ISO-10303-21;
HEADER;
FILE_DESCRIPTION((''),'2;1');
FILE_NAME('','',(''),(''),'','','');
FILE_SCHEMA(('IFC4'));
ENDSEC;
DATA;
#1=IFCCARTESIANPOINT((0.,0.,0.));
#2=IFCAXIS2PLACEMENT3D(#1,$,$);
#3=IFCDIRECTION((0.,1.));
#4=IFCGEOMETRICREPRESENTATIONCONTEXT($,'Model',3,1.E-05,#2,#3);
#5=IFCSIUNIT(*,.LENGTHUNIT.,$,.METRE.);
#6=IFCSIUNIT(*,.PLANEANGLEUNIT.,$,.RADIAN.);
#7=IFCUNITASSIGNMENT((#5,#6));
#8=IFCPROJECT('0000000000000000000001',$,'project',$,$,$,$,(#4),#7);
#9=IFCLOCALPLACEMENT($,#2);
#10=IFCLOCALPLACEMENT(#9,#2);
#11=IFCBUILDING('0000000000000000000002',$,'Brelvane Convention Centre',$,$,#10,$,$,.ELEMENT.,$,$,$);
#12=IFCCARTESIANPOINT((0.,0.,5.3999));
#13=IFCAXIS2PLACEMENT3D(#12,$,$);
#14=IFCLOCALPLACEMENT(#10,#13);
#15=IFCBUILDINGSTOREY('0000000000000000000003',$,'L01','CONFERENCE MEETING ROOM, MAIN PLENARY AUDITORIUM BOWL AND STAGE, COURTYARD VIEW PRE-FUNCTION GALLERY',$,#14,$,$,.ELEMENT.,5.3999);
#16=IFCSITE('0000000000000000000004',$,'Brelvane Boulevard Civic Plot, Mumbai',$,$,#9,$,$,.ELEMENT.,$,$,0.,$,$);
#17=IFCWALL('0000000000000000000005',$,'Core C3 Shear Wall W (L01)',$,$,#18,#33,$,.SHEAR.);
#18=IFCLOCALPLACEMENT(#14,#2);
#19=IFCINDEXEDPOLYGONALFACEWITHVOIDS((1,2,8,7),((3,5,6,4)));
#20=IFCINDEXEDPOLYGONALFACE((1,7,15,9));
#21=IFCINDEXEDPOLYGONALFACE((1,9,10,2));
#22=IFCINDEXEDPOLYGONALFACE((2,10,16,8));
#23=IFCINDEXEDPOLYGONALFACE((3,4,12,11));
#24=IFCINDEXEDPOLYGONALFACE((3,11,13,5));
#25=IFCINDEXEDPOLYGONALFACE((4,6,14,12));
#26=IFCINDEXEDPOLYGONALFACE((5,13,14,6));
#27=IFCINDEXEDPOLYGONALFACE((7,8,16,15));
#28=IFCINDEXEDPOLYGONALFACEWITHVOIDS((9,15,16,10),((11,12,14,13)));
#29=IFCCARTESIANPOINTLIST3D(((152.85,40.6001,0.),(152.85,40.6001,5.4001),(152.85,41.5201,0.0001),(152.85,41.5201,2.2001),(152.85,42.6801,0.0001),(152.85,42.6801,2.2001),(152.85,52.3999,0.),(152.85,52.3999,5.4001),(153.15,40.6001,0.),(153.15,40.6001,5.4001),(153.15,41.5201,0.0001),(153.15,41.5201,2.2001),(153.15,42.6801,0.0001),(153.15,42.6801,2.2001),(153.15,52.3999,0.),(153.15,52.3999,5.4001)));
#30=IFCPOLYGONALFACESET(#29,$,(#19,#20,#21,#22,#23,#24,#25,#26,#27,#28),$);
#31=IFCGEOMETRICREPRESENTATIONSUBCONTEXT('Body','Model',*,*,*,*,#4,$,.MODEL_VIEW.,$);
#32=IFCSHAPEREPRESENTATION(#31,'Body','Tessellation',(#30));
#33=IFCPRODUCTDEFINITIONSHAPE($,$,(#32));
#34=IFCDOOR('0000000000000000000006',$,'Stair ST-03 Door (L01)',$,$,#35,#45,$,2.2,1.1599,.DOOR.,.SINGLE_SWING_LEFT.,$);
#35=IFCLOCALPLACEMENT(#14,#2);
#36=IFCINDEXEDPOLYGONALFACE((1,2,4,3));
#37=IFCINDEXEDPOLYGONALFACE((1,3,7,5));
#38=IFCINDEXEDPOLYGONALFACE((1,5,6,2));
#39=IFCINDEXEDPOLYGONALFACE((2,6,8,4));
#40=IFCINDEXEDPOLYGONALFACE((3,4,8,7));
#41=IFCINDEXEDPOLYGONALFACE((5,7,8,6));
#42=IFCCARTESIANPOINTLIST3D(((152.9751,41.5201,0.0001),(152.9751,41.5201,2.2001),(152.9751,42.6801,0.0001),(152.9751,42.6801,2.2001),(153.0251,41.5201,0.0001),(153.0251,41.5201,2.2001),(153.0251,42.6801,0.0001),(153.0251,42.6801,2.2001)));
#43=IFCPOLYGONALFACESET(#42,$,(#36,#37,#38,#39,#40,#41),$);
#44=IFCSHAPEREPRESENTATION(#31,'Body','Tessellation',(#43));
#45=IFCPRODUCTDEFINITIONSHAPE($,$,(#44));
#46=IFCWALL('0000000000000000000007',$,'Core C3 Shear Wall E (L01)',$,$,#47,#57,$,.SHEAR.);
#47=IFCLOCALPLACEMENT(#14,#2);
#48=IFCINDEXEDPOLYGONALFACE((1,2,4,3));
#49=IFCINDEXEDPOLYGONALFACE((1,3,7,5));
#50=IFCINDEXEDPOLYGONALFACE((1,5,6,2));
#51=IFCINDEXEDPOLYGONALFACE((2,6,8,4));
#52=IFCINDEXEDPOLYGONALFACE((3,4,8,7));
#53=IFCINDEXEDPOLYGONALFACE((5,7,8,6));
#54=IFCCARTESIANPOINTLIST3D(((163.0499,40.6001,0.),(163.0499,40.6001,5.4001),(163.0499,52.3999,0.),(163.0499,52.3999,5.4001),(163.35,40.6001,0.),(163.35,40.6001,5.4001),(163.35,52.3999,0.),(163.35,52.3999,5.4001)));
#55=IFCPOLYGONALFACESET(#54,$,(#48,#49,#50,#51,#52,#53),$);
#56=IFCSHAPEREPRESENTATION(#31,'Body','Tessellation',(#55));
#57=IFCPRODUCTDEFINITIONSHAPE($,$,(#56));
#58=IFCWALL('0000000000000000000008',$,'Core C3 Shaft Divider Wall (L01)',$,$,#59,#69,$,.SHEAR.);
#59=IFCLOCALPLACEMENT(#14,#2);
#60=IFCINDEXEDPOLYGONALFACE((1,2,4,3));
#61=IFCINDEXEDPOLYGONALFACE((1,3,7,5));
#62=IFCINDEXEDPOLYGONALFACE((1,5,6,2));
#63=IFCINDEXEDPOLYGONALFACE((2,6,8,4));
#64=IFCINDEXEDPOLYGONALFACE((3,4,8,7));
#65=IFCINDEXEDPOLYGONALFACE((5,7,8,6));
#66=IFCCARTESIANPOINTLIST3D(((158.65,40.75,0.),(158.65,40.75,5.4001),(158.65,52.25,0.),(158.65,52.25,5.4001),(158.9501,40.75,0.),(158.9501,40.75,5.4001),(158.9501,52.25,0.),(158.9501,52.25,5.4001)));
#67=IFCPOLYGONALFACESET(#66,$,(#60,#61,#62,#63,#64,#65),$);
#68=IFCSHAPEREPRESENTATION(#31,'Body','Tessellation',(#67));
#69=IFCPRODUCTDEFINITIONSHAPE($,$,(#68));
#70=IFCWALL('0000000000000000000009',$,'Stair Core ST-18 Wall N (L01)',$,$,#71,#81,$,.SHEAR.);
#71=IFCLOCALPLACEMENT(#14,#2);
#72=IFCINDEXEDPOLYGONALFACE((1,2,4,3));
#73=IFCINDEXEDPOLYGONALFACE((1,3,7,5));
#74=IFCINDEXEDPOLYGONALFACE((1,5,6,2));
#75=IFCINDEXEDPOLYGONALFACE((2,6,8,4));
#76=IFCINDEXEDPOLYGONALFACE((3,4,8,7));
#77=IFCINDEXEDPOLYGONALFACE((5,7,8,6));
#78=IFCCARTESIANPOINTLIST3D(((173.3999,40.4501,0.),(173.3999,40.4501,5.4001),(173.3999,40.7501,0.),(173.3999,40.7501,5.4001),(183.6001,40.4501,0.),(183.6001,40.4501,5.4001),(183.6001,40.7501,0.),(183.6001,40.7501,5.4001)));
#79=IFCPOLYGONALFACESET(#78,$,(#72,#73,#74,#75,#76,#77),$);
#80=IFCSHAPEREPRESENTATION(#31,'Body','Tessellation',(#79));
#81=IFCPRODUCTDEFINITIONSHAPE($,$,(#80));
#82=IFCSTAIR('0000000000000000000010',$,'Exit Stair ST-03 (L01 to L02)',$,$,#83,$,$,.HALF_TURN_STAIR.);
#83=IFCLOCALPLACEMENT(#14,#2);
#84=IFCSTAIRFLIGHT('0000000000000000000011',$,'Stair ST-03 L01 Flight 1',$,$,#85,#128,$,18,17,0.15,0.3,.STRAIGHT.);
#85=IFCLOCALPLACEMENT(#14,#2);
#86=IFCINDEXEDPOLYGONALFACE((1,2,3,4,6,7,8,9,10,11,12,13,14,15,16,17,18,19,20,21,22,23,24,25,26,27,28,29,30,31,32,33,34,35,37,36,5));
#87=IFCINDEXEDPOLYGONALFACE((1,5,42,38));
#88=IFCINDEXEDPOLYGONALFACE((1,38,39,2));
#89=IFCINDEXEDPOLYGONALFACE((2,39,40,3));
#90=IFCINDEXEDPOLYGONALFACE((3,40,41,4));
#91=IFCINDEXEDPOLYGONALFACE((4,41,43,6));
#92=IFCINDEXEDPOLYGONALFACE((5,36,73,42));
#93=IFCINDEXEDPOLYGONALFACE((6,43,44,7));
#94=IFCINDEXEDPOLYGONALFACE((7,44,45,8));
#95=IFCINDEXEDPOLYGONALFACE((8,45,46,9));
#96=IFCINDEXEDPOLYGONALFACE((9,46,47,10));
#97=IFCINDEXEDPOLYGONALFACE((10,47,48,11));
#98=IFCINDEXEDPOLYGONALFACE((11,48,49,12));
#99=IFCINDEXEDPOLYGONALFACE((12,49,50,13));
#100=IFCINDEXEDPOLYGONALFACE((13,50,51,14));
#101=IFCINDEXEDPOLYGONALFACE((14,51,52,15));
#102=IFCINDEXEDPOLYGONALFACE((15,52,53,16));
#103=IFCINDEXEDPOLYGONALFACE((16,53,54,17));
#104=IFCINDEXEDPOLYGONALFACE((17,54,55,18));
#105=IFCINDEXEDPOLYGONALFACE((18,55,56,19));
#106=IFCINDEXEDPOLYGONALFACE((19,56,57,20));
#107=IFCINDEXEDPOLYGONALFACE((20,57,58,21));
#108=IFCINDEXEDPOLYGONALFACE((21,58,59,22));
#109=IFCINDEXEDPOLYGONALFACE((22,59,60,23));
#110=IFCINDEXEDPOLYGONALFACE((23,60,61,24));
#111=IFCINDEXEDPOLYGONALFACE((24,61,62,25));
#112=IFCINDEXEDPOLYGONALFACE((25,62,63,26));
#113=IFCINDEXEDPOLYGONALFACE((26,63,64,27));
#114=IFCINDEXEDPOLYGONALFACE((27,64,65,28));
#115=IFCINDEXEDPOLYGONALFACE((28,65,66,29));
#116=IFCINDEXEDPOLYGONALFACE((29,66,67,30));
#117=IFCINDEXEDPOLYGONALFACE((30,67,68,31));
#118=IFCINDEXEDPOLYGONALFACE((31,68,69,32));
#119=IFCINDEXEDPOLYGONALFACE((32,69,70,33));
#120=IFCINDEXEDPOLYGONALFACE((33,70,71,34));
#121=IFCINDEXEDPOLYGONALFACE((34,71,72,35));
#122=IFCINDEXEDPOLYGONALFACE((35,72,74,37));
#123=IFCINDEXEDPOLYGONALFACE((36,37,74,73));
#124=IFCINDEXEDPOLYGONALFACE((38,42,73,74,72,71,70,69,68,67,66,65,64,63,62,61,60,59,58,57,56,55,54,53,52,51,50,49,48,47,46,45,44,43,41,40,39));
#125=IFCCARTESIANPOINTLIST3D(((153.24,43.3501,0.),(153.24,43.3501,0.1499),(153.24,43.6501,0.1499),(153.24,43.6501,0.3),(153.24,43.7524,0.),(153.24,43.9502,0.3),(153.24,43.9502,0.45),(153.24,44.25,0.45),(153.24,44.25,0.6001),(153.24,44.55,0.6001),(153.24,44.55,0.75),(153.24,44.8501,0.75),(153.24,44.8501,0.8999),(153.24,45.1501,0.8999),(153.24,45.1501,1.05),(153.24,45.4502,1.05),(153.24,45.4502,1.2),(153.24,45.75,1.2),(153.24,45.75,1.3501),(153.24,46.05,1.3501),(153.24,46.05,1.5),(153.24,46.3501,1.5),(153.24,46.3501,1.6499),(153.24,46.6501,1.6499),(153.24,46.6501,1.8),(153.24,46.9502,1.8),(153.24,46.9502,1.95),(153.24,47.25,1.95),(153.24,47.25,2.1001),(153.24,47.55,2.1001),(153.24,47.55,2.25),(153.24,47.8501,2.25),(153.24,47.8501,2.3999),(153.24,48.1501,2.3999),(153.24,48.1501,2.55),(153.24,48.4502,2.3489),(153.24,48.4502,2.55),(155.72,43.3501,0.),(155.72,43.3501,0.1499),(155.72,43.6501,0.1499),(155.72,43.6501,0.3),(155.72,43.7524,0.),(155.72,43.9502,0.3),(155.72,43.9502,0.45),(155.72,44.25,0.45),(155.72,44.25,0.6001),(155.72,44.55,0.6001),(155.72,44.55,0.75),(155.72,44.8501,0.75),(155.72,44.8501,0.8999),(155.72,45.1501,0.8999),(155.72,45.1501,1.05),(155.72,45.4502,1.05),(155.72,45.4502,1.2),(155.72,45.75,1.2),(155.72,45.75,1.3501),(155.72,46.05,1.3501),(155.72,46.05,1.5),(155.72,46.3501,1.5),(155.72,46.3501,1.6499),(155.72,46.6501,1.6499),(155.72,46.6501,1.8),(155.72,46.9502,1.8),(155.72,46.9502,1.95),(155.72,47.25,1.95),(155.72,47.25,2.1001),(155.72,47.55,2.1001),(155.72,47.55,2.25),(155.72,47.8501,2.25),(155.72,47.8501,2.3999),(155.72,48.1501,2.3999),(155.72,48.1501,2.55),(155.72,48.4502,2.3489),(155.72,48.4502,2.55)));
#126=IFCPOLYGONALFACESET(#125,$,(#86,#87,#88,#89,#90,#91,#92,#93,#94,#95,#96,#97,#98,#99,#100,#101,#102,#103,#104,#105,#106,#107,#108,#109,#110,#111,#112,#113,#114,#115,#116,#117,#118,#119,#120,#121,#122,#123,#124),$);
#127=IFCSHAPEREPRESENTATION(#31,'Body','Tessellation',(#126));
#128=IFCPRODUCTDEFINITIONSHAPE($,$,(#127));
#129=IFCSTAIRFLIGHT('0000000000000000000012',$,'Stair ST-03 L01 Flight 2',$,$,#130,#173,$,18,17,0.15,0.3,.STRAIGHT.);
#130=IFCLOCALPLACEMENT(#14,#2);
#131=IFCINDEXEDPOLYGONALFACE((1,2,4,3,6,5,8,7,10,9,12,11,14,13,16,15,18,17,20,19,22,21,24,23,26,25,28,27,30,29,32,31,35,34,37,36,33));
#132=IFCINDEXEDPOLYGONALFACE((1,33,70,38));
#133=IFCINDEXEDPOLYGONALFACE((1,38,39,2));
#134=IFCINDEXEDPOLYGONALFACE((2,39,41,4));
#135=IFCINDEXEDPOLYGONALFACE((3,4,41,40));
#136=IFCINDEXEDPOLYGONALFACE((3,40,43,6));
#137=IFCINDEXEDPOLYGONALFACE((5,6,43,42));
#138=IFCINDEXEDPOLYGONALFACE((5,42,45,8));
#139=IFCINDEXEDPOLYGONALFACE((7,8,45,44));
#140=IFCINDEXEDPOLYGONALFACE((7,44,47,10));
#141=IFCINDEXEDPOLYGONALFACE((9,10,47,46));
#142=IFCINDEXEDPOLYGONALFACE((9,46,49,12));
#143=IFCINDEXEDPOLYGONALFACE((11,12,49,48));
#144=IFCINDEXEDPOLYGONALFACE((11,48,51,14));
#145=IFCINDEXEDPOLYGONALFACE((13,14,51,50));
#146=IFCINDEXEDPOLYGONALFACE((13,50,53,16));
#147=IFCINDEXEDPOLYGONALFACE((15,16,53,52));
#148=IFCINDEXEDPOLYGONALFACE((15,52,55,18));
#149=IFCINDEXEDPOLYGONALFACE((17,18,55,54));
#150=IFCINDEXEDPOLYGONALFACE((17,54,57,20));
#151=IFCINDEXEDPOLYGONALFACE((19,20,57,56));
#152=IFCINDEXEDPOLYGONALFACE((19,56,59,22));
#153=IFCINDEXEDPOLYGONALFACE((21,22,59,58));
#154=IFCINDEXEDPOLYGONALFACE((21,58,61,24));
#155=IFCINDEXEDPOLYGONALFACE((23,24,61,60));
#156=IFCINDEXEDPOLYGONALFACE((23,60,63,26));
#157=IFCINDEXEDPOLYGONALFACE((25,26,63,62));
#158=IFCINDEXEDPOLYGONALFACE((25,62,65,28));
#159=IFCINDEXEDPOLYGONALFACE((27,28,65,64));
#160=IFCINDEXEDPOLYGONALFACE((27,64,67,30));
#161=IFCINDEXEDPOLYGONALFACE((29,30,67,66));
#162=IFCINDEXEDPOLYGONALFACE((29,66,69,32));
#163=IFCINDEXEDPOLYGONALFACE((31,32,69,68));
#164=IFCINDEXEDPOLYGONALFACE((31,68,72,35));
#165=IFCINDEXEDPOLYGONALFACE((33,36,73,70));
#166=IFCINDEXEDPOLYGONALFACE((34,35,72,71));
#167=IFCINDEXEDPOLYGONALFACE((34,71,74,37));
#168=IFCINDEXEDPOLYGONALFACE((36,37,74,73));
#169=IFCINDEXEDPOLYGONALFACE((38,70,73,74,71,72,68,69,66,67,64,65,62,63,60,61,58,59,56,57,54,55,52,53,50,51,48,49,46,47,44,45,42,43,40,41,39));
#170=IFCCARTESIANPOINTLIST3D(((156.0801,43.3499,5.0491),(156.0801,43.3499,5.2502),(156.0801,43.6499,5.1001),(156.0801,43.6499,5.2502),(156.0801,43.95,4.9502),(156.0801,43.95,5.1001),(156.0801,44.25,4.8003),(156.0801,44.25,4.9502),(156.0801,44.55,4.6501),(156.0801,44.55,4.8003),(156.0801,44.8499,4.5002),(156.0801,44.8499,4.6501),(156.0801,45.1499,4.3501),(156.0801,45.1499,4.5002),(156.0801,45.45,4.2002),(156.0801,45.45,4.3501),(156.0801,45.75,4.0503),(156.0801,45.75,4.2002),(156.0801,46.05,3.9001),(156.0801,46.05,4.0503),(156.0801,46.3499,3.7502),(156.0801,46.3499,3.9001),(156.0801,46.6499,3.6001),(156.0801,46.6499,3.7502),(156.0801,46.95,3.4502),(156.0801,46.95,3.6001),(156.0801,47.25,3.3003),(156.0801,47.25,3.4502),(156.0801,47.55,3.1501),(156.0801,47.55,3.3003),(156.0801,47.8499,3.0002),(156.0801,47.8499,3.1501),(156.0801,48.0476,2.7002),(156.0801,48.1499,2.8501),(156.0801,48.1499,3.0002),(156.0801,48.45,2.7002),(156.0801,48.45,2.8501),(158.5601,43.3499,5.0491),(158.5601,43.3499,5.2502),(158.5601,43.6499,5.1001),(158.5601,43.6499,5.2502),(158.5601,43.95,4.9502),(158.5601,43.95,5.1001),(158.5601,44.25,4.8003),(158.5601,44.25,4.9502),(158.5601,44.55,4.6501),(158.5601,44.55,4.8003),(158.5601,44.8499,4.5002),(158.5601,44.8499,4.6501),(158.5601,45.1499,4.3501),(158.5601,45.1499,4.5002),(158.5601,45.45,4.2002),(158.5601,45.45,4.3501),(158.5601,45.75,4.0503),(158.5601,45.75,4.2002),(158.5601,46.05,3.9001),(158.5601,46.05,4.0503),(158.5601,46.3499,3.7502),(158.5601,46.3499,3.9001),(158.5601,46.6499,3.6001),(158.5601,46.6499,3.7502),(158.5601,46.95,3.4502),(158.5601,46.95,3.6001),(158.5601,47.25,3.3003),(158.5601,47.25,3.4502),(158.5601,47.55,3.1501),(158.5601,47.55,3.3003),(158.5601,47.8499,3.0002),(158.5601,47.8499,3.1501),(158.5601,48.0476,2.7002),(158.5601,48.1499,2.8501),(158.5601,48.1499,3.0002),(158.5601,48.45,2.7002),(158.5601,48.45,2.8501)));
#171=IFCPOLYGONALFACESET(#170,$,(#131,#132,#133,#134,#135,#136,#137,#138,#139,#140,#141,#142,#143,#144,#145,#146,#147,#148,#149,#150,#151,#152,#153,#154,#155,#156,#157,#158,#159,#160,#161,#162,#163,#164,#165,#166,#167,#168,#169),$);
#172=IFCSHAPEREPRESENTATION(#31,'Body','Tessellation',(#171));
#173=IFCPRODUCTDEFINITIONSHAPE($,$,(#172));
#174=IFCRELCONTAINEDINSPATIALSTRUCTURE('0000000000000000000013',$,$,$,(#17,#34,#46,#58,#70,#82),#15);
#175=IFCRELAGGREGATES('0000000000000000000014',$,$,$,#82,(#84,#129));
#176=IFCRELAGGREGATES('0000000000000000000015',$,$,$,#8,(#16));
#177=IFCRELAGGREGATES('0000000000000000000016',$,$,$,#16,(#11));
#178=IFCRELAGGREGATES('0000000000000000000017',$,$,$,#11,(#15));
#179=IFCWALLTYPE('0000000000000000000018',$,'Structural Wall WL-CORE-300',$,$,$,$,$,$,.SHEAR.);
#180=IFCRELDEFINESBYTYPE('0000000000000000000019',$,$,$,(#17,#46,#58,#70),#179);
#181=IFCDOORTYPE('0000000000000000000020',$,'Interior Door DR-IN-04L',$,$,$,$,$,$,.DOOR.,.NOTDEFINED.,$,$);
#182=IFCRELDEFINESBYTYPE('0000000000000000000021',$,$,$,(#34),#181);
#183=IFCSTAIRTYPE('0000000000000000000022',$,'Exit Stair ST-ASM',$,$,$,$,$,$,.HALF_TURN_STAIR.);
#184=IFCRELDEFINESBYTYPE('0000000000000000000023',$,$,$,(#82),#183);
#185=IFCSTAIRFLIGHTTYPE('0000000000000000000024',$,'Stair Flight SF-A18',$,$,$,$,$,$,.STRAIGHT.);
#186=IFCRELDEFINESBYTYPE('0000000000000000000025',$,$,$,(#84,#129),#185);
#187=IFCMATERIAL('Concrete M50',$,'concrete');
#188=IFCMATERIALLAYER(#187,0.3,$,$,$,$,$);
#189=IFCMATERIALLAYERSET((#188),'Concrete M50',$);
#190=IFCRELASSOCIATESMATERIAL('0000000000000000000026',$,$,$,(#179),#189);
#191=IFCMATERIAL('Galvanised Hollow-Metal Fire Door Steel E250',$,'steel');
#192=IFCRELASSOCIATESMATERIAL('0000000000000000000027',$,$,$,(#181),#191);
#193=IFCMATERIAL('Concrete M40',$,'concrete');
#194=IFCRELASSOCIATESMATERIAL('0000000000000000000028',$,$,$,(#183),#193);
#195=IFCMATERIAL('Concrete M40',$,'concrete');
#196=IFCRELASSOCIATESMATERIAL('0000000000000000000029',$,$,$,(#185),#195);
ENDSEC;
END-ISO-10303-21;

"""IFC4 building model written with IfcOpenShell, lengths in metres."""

from ifc_helpers import new_model, si_unit, direction, frame, frame_2d, origin, place, context, subcontext, project, spatial, polyline, rectangle, outline, extrude, material, layer, layer_set, type_object, element, fill, aggregate, save


model = new_model("IFC4")

# Units and contexts
model_context = context("Model", 3, precision=1e-05, world=origin(), true_north=direction((0.0, 1.0)))
body_context = subcontext(model_context, "Body", "Model", "MODEL_VIEW")
ifc_project = project(units=[si_unit("LENGTHUNIT", "METRE"), si_unit("PLANEANGLEUNIT", "RADIAN")], contexts=[model_context])

# Site, building, storey
site_placement = place(None, origin())
site = spatial("IfcSite", under=ifc_project, at=site_placement, Name="Brelvane Boulevard Civic Plot, Mumbai", CompositionType="ELEMENT", RefElevation=0.0)
building_placement = place(site_placement, origin())
building = spatial("IfcBuilding", under=site, at=building_placement, Name="Brelvane Convention Centre", CompositionType="ELEMENT")
storey_placement = place(building_placement, frame((0.0, 0.0, 5.3999)))
storey = spatial("IfcBuildingStorey", under=building, at=storey_placement, Name="L01", Description="CONFERENCE MEETING ROOM, MAIN PLENARY AUDITORIUM BOWL AND STAGE, COURTYARD VIEW PRE-FUNCTION GALLERY", CompositionType="ELEMENT", Elevation=5.3999)

# Shared definitions
ifc_material_1 = material(Name="Concrete M50", Category="concrete")
ifc_layer_1 = layer(ifc_material_1, 0.3)
ifc_layer_set_1 = layer_set([ifc_layer_1], Name="Concrete M50")
wall_type_1 = type_object("IfcWallType", Name="Structural Wall WL-CORE-300", PredefinedType="SHEAR", material=ifc_layer_set_1)

# Wall, opening, door
wall_1_placement = place(storey_placement, frame((153.0, 40.6001, 0.0), z_axis=(0.0, 0.0, 1.0), x_axis=(0.0, 1.0, 0.0)))
wall_1 = element("IfcWall", 1, at=wall_1_placement, inside=storey, type_object=wall_type_1, Name="Core C3 Shear Wall W (L01)", PredefinedType="SHEAR", context=body_context, shape_type="SweptSolid", body=[
    extrude(rectangle(XDim=11.7998, YDim=0.3, at=frame_2d((5.8999, 0.0))), origin(), (0.0, 0.0, 1.0), 5.4001),
])
opening_1_placement = place(wall_1_placement, frame((0.9199, 0.0, 0.0)))
opening_1 = element("IfcOpeningElement", 2, at=opening_1_placement, cuts=wall_1, PredefinedType="OPENING", context=body_context, shape_type="SweptSolid", body=[
    extrude(rectangle(XDim=1.1599, YDim=2.2, at=frame_2d((0.5801, 1.1001))), frame((0.0, 0.1599, 0.0), z_axis=(0.0, -1.0, 0.0), x_axis=(1.0, 0.0, 0.0)), (0.0, 0.0, 1.0), 0.3201),
])
ifc_material_2 = material(Name="Galvanised Hollow-Metal Fire Door Steel E250", Category="steel")
door_type_1 = type_object("IfcDoorType", Name="Interior Door DR-IN-04L", OperationType="NOTDEFINED", PredefinedType="DOOR", material=ifc_material_2)
door_1_placement = place(opening_1_placement, origin())
door_1 = element("IfcDoor", 3, at=door_1_placement, inside=storey, type_object=door_type_1, Name="Stair ST-03 Door (L01)", OperationType="SINGLE_SWING_LEFT", OverallHeight=2.2, OverallWidth=1.1599, PredefinedType="DOOR", context=body_context, shape_type="SweptSolid", body=[
    extrude(rectangle(XDim=1.1599, YDim=2.2, at=frame_2d((0.5801, 1.1001))), frame((0.0, 0.0249, 0.0), z_axis=(0.0, -1.0, 0.0), x_axis=(1.0, 0.0, 0.0)), (0.0, 0.0, 1.0), 0.05),
])
fill(opening_1, door_1)

# Walls
wall_2_placement = place(storey_placement, frame((163.2, 40.6001, 0.0), z_axis=(0.0, 0.0, 1.0), x_axis=(0.0, 1.0, 0.0)))
element("IfcWall", 4, at=wall_2_placement, inside=storey, type_object=wall_type_1, Name="Core C3 Shear Wall E (L01)", PredefinedType="SHEAR", context=body_context, shape_type="SweptSolid", body=[
    extrude(rectangle(XDim=11.7998, YDim=0.3, at=frame_2d((5.8999, 0.0))), origin(), (0.0, 0.0, 1.0), 5.4001),
])
wall_3_placement = place(storey_placement, frame((158.8, 40.75, 0.0), z_axis=(0.0, 0.0, 1.0), x_axis=(0.0, 1.0, 0.0)))
element("IfcWall", 5, at=wall_3_placement, inside=storey, type_object=wall_type_1, Name="Core C3 Shaft Divider Wall (L01)", PredefinedType="SHEAR", context=body_context, shape_type="SweptSolid", body=[
    extrude(rectangle(XDim=11.5, YDim=0.3, at=frame_2d((5.75, 0.0))), origin(), (0.0, 0.0, 1.0), 5.4001),
])
wall_4_placement = place(storey_placement, frame((173.3999, 40.6001, 0.0), z_axis=(0.0, 0.0, 1.0), x_axis=(1.0, 0.0, 0.0)))
element("IfcWall", 6, at=wall_4_placement, inside=storey, type_object=wall_type_1, Name="Stair Core ST-18 Wall N (L01)", PredefinedType="SHEAR", context=body_context, shape_type="SweptSolid", body=[
    extrude(rectangle(XDim=10.2002, YDim=0.3, at=frame_2d((5.1001, 0.0))), origin(), (0.0, 0.0, 1.0), 5.4001),
])

# Stair, stair flights
ifc_material_3 = material(Name="Concrete M40", Category="concrete")
stair_type = type_object("IfcStairType", Name="Exit Stair ST-ASM", PredefinedType="HALF_TURN_STAIR", material=ifc_material_3)
stair_placement = place(storey_placement, origin())
stair = element("IfcStair", 7, at=stair_placement, inside=storey, type_object=stair_type, Name="Exit Stair ST-03 (L01 to L02)", PredefinedType="HALF_TURN_STAIR")
ifc_material_4 = material(Name="Concrete M40", Category="concrete")
stair_flight_type = type_object("IfcStairFlightType", Name="Stair Flight SF-A18", PredefinedType="STRAIGHT", material=ifc_material_4)
stair_flight_1_placement = place(storey_placement, frame((154.48, 43.3501, 0.0), z_axis=(0.0, 0.0, 1.0), x_axis=(0.0, 1.0, 0.0)))
stair_flight_1 = element("IfcStairFlight", 8, at=stair_flight_1_placement, type_object=stair_flight_type, Name="Stair ST-03 L01 Flight 1", NumberOfRisers=18, NumberOfTreads=17, PredefinedType="STRAIGHT", RiserHeight=0.15, TreadLength=0.3, context=body_context, shape_type="SweptSolid", body=[
    extrude(outline(polyline([(0.0, 0.0), (0.0, 0.1499), (0.3, 0.1499), (0.3, 0.3), (0.6001, 0.3), (0.6001, 0.45), (0.8999, 0.45), (0.8999, 0.6001), (1.2, 0.6001), (1.2, 0.75), (1.5, 0.75), (1.5, 0.8999), (1.8, 0.8999), (1.8, 1.05), (2.1001, 1.05), (2.1001, 1.2), (2.3999, 1.2), (2.3999, 1.3501), (2.7, 1.3501), (2.7, 1.5), (3.0, 1.5), (3.0, 1.6499), (3.3, 1.6499), (3.3, 1.8), (3.6001, 1.8), (3.6001, 1.95), (3.8999, 1.95), (3.8999, 2.1001), (4.2, 2.1001), (4.2, 2.25), (4.5, 2.25), (4.5, 2.3999), (4.8, 2.3999), (4.8, 2.55), (5.1001, 2.55), (5.1001, 2.7), (5.1001, 2.3489), (0.4023, 0.0), (0.0, 0.0)])), frame((0.0, 1.24, 0.0), z_axis=(0.0, -1.0, 0.0), x_axis=(1.0, 0.0, 0.0)), (0.0, 0.0, 1.0), 2.48),
])
stair_flight_2_placement = place(storey_placement, frame((157.3201, 48.45, 2.7002), z_axis=(0.0, 0.0, 1.0), x_axis=(0.0, -1.0, 0.0)))
stair_flight_2 = element("IfcStairFlight", 9, at=stair_flight_2_placement, type_object=stair_flight_type, Name="Stair ST-03 L01 Flight 2", NumberOfRisers=18, NumberOfTreads=17, PredefinedType="STRAIGHT", RiserHeight=0.15, TreadLength=0.3, context=body_context, shape_type="SweptSolid", body=[
    extrude(outline(polyline([(0.0, 0.0), (0.0, 0.1499), (0.3, 0.1499), (0.3, 0.3), (0.6001, 0.3), (0.6001, 0.45), (0.8999, 0.45), (0.8999, 0.6001), (1.2, 0.6001), (1.2, 0.75), (1.5, 0.75), (1.5, 0.8999), (1.8, 0.8999), (1.8, 1.05), (2.1001, 1.05), (2.1001, 1.2), (2.3999, 1.2), (2.3999, 1.3501), (2.7, 1.3501), (2.7, 1.5), (3.0, 1.5), (3.0, 1.6499), (3.3, 1.6499), (3.3, 1.8), (3.6001, 1.8), (3.6001, 1.95), (3.8999, 1.95), (3.8999, 2.1001), (4.2, 2.1001), (4.2, 2.25), (4.5, 2.25), (4.5, 2.3999), (4.8, 2.3999), (4.8, 2.55), (5.1001, 2.55), (5.1001, 2.7), (5.1001, 2.3489), (0.4023, 0.0), (0.0, 0.0)])), frame((0.0, 1.24, 0.0), z_axis=(0.0, -1.0, 0.0), x_axis=(1.0, 0.0, 0.0)), (0.0, 0.0, 1.0), 2.48),
])
aggregate(stair, [stair_flight_1, stair_flight_2])

save(model, "model.ifc")
